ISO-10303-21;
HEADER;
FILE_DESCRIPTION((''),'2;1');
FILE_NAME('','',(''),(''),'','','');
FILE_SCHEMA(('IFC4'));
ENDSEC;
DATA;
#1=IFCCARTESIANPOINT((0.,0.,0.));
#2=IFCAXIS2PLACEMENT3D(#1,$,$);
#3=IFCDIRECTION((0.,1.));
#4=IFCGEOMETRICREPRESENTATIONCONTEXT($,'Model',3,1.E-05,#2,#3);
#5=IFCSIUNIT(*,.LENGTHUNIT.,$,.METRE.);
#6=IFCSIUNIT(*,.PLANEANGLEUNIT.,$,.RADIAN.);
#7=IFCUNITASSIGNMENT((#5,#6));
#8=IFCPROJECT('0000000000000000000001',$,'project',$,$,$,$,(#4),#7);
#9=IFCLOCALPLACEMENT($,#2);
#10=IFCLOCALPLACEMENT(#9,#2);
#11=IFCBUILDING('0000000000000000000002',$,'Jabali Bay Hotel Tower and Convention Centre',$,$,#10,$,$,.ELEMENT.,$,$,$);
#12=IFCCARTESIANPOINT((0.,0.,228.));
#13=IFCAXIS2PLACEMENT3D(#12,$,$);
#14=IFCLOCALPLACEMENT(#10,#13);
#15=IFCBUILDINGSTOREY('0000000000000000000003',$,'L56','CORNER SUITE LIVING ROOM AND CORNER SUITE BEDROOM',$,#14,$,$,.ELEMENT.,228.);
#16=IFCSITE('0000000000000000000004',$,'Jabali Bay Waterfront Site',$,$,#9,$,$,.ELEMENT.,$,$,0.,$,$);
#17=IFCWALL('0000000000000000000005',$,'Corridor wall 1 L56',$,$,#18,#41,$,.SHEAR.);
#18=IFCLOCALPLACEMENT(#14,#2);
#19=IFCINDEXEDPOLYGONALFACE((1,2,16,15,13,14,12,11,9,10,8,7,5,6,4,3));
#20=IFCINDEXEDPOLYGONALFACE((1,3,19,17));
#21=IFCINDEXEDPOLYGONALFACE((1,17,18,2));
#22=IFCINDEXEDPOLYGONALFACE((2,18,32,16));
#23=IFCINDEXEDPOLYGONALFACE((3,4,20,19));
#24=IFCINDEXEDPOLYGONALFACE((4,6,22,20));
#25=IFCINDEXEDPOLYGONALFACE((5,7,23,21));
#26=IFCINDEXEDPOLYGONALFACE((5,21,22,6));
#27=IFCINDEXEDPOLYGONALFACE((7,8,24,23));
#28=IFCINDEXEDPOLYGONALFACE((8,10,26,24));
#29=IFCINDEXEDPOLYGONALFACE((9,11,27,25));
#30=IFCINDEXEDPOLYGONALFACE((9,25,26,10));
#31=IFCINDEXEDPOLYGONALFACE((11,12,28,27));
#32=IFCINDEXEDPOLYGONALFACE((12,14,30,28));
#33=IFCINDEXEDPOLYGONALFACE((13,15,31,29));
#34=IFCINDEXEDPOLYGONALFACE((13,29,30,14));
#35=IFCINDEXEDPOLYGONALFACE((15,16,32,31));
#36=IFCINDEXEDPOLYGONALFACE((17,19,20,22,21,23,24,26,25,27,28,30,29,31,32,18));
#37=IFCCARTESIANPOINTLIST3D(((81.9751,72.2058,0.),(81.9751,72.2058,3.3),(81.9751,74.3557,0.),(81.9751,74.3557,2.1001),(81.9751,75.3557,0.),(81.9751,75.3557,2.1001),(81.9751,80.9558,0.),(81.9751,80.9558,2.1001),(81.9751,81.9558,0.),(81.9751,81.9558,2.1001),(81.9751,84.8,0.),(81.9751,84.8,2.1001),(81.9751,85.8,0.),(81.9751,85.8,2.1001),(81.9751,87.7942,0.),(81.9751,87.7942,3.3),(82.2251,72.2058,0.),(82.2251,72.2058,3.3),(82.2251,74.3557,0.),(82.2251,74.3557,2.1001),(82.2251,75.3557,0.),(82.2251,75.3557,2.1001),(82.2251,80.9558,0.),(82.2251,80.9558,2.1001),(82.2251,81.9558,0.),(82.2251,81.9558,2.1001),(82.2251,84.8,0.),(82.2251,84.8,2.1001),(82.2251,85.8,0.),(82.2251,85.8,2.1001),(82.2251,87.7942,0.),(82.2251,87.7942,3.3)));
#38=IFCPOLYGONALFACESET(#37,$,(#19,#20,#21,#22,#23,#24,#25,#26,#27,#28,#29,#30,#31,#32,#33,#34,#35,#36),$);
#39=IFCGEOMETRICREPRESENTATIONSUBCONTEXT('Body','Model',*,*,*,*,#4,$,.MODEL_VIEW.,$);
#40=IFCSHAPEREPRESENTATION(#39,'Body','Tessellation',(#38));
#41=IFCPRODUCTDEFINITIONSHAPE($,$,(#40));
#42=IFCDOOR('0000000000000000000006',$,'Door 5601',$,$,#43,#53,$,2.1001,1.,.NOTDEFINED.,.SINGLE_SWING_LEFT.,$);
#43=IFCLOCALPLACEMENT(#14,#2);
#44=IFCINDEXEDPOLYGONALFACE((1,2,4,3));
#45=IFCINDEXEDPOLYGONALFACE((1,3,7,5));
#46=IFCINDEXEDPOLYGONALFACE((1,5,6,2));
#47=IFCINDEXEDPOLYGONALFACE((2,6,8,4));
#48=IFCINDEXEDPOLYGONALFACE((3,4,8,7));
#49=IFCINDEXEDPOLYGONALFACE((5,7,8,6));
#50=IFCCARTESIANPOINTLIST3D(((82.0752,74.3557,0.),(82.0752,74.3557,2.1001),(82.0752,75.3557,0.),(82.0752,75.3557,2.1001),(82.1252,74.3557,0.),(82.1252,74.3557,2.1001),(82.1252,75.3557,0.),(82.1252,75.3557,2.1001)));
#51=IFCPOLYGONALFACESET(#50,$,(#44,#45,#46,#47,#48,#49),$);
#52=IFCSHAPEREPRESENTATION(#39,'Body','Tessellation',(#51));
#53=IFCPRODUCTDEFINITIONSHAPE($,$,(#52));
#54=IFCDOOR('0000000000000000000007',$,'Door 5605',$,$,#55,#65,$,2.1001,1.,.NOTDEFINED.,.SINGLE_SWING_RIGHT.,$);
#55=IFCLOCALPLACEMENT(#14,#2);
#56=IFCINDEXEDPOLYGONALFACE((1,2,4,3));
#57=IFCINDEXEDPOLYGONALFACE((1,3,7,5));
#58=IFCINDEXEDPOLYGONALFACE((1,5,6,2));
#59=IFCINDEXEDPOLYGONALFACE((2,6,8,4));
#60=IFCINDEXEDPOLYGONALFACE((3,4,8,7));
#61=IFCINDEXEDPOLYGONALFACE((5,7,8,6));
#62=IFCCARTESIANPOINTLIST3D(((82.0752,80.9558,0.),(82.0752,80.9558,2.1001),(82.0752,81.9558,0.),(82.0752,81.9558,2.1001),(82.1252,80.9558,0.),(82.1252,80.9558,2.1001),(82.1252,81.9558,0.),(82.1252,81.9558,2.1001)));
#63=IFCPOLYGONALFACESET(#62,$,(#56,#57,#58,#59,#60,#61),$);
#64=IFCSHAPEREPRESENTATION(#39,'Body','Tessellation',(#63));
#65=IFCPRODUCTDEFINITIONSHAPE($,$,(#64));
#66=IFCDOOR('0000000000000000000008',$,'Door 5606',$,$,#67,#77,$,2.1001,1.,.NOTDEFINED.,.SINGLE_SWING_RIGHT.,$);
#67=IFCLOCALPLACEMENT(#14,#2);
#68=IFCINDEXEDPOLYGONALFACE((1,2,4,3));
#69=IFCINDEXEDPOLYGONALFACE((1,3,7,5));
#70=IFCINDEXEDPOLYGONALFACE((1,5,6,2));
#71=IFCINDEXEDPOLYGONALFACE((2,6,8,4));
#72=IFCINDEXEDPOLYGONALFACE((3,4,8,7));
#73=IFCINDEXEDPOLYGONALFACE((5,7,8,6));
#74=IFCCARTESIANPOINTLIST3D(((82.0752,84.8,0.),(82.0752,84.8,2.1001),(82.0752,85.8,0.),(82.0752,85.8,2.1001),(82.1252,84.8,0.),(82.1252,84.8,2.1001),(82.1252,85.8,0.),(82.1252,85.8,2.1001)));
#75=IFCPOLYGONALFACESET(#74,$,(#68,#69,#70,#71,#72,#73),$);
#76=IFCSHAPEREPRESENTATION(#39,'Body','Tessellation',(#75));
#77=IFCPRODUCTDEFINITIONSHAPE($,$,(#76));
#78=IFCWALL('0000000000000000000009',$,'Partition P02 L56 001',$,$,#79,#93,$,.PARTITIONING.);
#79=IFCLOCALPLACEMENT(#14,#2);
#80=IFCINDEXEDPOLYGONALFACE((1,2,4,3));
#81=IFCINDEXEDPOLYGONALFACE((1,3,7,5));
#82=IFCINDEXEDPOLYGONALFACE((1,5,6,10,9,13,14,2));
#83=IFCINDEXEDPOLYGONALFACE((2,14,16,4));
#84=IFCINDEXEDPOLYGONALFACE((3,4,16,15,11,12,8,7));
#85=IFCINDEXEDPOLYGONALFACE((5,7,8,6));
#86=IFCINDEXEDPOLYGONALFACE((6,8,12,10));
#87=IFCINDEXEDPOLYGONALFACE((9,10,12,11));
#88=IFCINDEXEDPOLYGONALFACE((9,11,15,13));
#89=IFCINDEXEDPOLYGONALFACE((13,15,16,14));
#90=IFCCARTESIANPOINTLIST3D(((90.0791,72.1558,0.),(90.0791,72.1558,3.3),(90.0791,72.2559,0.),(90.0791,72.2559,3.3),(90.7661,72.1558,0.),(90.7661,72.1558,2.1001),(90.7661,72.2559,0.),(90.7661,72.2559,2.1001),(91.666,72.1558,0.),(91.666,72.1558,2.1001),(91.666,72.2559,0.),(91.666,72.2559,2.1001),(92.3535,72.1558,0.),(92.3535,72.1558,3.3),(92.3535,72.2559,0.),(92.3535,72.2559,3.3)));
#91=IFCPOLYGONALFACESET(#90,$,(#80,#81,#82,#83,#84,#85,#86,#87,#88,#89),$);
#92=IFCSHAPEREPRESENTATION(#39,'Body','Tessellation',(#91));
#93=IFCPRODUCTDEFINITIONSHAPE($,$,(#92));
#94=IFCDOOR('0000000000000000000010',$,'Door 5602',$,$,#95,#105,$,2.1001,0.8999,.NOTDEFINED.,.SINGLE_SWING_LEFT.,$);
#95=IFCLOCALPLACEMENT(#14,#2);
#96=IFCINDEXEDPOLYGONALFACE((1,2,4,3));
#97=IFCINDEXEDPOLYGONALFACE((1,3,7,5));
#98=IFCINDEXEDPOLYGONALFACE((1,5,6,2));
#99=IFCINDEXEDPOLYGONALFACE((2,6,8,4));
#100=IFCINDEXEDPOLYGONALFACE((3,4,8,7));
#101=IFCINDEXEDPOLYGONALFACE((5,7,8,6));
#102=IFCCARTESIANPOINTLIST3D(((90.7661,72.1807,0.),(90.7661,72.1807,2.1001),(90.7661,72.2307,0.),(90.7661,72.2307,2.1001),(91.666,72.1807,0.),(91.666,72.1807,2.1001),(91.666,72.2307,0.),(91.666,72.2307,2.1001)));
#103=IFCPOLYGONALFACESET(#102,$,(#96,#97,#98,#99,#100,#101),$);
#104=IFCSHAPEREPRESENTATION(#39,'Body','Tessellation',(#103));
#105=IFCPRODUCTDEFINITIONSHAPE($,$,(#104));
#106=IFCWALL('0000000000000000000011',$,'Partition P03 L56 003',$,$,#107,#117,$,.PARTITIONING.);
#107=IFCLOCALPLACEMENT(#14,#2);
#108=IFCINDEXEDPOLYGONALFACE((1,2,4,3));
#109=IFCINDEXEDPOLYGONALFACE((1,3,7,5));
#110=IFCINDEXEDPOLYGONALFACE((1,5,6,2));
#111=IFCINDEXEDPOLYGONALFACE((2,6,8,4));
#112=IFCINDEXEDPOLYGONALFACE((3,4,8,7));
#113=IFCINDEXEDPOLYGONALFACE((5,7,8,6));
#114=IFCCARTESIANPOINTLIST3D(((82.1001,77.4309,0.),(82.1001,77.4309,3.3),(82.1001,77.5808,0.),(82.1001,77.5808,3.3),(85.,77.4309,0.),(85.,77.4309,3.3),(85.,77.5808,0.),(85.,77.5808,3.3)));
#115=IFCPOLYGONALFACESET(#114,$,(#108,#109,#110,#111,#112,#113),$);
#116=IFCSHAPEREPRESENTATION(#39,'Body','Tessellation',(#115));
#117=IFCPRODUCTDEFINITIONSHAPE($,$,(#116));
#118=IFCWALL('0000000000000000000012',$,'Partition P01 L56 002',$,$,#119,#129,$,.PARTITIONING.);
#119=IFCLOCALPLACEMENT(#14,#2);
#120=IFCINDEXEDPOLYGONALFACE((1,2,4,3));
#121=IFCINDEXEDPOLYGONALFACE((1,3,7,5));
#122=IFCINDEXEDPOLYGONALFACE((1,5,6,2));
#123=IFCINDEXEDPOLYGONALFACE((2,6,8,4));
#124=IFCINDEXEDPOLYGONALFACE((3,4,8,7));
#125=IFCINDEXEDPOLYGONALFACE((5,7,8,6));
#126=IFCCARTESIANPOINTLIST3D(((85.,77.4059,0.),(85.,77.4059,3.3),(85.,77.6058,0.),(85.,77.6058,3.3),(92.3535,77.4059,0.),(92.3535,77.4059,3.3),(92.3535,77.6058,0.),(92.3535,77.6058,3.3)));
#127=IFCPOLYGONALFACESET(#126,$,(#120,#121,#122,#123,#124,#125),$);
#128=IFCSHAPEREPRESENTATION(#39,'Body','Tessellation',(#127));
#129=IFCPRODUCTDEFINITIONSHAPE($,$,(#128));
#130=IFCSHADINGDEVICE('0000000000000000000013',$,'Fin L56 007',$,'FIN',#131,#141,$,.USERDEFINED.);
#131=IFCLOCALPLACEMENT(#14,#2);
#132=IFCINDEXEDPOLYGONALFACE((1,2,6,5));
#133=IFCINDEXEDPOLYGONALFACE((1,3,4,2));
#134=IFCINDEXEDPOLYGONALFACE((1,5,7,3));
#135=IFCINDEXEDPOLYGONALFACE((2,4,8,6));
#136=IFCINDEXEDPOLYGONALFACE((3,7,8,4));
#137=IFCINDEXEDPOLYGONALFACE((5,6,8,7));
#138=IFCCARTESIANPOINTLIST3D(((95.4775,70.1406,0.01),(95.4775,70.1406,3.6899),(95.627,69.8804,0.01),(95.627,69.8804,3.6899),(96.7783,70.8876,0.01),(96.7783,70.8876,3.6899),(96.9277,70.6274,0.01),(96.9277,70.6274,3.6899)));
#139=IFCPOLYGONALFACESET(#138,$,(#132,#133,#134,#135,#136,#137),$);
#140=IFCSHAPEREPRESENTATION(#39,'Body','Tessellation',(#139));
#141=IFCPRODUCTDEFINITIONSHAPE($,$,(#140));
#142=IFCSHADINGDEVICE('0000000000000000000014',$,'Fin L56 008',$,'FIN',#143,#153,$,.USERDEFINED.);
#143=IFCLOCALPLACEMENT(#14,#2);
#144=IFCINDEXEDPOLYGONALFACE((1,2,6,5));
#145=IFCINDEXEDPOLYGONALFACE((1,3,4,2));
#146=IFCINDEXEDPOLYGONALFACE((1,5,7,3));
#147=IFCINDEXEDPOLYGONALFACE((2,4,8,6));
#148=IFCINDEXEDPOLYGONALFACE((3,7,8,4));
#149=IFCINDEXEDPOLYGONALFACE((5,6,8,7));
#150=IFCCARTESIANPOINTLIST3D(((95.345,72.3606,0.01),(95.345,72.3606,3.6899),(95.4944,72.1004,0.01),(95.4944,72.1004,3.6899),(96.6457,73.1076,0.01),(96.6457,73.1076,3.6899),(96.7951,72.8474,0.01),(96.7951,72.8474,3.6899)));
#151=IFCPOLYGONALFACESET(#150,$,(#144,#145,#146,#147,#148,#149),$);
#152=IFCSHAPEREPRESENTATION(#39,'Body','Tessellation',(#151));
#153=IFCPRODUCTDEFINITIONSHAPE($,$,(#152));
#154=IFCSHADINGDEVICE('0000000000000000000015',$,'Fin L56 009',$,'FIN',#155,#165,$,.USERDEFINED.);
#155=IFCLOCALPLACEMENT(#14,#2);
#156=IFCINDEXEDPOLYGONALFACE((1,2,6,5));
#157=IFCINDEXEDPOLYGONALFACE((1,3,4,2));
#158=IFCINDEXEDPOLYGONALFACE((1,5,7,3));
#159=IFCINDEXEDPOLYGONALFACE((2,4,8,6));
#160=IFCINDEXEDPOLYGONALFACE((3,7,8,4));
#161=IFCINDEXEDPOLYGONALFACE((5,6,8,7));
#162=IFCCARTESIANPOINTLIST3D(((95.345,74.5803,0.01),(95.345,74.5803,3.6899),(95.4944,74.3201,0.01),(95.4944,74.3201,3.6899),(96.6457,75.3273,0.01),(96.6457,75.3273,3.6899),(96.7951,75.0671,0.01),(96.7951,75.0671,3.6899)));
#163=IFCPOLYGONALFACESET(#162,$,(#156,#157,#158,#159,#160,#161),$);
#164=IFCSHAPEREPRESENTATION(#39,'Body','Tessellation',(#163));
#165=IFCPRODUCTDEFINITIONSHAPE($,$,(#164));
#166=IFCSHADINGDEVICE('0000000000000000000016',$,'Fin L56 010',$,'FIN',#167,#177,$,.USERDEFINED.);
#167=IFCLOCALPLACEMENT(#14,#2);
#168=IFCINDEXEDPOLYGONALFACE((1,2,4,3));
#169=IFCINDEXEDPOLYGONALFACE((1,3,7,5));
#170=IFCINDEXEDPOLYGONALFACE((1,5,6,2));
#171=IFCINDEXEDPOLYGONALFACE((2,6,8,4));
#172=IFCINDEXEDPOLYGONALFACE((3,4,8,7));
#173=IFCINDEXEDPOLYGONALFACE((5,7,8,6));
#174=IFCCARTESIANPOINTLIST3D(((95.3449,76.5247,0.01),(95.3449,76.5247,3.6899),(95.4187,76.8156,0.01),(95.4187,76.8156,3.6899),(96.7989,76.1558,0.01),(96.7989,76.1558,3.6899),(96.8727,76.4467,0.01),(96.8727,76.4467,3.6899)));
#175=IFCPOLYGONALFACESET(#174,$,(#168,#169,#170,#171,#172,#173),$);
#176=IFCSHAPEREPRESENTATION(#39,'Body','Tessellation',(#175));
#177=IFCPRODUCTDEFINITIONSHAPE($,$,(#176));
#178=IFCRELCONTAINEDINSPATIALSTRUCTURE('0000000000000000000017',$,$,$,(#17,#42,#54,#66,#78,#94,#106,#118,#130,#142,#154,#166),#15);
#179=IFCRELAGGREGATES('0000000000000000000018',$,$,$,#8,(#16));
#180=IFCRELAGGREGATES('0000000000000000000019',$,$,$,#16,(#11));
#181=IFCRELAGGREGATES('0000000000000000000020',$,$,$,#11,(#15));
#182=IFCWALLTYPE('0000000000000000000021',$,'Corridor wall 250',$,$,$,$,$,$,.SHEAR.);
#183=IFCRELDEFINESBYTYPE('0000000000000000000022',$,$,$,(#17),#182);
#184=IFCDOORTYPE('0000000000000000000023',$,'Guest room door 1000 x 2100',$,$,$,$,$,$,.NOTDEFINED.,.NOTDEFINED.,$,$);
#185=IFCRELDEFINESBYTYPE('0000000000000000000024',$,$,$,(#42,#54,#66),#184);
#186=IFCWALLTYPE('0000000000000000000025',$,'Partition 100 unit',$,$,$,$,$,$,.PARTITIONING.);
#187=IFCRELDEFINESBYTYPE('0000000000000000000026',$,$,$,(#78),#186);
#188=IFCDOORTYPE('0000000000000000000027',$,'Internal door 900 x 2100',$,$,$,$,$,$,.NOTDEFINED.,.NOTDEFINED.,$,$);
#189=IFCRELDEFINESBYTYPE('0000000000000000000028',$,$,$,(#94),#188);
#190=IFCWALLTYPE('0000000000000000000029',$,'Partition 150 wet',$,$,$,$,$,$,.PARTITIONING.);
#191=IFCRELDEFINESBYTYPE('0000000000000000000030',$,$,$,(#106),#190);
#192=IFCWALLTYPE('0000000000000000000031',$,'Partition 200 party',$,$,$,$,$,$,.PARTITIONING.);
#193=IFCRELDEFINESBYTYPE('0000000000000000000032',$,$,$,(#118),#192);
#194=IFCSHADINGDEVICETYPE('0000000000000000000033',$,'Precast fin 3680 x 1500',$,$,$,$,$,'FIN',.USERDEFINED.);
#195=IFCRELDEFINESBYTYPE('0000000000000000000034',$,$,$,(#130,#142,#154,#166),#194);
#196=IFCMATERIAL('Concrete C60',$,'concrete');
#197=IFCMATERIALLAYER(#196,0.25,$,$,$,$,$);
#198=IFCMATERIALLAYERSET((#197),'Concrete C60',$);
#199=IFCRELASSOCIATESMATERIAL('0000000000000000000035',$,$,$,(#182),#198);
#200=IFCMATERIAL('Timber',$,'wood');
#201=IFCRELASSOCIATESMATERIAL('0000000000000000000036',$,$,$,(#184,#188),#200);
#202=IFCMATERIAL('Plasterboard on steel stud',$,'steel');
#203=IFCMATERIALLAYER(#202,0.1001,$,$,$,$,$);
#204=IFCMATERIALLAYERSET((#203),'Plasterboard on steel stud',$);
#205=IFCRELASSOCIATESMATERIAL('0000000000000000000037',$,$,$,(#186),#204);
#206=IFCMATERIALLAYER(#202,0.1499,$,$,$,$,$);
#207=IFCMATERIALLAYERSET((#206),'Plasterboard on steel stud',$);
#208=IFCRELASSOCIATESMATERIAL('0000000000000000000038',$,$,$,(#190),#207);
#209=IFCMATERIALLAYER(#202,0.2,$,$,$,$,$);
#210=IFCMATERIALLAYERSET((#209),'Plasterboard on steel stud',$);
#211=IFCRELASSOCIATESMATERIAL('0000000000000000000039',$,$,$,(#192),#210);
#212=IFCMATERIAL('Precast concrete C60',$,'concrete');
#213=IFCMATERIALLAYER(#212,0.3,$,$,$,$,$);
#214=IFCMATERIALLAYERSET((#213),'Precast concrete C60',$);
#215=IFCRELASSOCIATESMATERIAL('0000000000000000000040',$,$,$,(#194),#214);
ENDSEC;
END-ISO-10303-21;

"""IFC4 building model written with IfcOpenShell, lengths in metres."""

from ifc_helpers import new_model, si_unit, direction, frame, frame_2d, origin, place, context, subcontext, project, spatial, rectangle, extrude, material, layer, layer_set, type_object, element, fill, save


model = new_model("IFC4")

# Units and contexts
model_context = context("Model", 3, precision=1e-05, world=origin(), true_north=direction((0.0, 1.0)))
body_context = subcontext(model_context, "Body", "Model", "MODEL_VIEW")
ifc_project = project(units=[si_unit("LENGTHUNIT", "METRE"), si_unit("PLANEANGLEUNIT", "RADIAN")], contexts=[model_context])

# Site, building, storey
site_placement = place(None, origin())
site = spatial("IfcSite", under=ifc_project, at=site_placement, Name="Jabali Bay Waterfront Site", CompositionType="ELEMENT", RefElevation=0.0)
building_placement = place(site_placement, origin())
building = spatial("IfcBuilding", under=site, at=building_placement, Name="Jabali Bay Hotel Tower and Convention Centre", CompositionType="ELEMENT")
storey_placement = place(building_placement, frame((0.0, 0.0, 228.0)))
storey = spatial("IfcBuildingStorey", under=building, at=storey_placement, Name="L56", Description="CORNER SUITE LIVING ROOM AND CORNER SUITE BEDROOM", CompositionType="ELEMENT", Elevation=228.0)

# Shared definitions
ifc_material_1 = material(Name="Concrete C60", Category="concrete")

# Wall, openings, doors
ifc_layer_1 = layer(ifc_material_1, 0.25)
ifc_layer_set_1 = layer_set([ifc_layer_1], Name="Concrete C60")
wall_type_1 = type_object("IfcWallType", Name="Corridor wall 250", PredefinedType="SHEAR", material=ifc_layer_set_1)
wall_1_placement = place(storey_placement, frame((82.1001, 72.2058, 0.0), z_axis=(0.0, 0.0, 1.0), x_axis=(0.0, 1.0, 0.0)))
wall_1 = element("IfcWall", 1, at=wall_1_placement, inside=storey, type_object=wall_type_1, Name="Corridor wall 1 L56", PredefinedType="SHEAR", context=body_context, shape_type="SweptSolid", body=[
    extrude(rectangle(XDim=15.5884, YDim=0.25, at=frame_2d((7.7942, 0.0))), origin(), (0.0, 0.0, 1.0), 3.3),
])
opening_1_placement = place(wall_1_placement, frame((2.1499, 0.0, 0.0)))
opening_1 = element("IfcOpeningElement", 2, at=opening_1_placement, cuts=wall_1, PredefinedType="OPENING", context=body_context, shape_type="SweptSolid", body=[
    extrude(rectangle(XDim=1.0, YDim=2.1001, at=frame_2d((0.5, 1.05))), frame((0.0, 0.1355, 0.0), z_axis=(0.0, -1.0, 0.0), x_axis=(1.0, 0.0, 0.0)), (0.0, 0.0, 1.0), 0.271),
])
opening_2_placement = place(wall_1_placement, frame((8.75, 0.0, 0.0)))
opening_2 = element("IfcOpeningElement", 3, at=opening_2_placement, cuts=wall_1, PredefinedType="OPENING", context=body_context, shape_type="SweptSolid", body=[
    extrude(rectangle(XDim=1.0, YDim=2.1001, at=frame_2d((0.5, 1.05))), frame((0.0, 0.1355, 0.0), z_axis=(0.0, -1.0, 0.0), x_axis=(1.0, 0.0, 0.0)), (0.0, 0.0, 1.0), 0.271),
])
opening_3_placement = place(wall_1_placement, frame((12.5942, 0.0, 0.0)))
opening_3 = element("IfcOpeningElement", 4, at=opening_3_placement, cuts=wall_1, PredefinedType="OPENING", context=body_context, shape_type="SweptSolid", body=[
    extrude(rectangle(XDim=1.0, YDim=2.1001, at=frame_2d((0.5, 1.05))), frame((0.0, 0.1355, 0.0), z_axis=(0.0, -1.0, 0.0), x_axis=(1.0, 0.0, 0.0)), (0.0, 0.0, 1.0), 0.271),
])
ifc_material_2 = material(Name="Timber", Category="wood")
door_type_1 = type_object("IfcDoorType", Name="Guest room door 1000 x 2100", OperationType="NOTDEFINED", PredefinedType="NOTDEFINED", material=ifc_material_2)
door_1_placement = place(opening_1_placement, origin())
door_1 = element("IfcDoor", 5, at=door_1_placement, inside=storey, type_object=door_type_1, Name="Door 5601", OperationType="SINGLE_SWING_LEFT", OverallHeight=2.1001, OverallWidth=1.0, PredefinedType="NOTDEFINED", context=body_context, shape_type="SweptSolid", body=[
    extrude(rectangle(XDim=1.0, YDim=2.1001, at=frame_2d((0.5, 1.05))), frame((0.0, 0.0249, 0.0), z_axis=(0.0, -1.0, 0.0), x_axis=(1.0, 0.0, 0.0)), (0.0, 0.0, 1.0), 0.05),
])
fill(opening_1, door_1)
door_2_placement = place(opening_2_placement, origin())
door_2 = element("IfcDoor", 6, at=door_2_placement, inside=storey, type_object=door_type_1, Name="Door 5605", OperationType="SINGLE_SWING_RIGHT", OverallHeight=2.1001, OverallWidth=1.0, PredefinedType="NOTDEFINED", context=body_context, shape_type="SweptSolid", body=[
    extrude(rectangle(XDim=1.0, YDim=2.1001, at=frame_2d((0.5, 1.05))), frame((0.0, 0.0249, 0.0), z_axis=(0.0, -1.0, 0.0), x_axis=(1.0, 0.0, 0.0)), (0.0, 0.0, 1.0), 0.05),
])
fill(opening_2, door_2)
door_3_placement = place(opening_3_placement, origin())
door_3 = element("IfcDoor", 7, at=door_3_placement, inside=storey, type_object=door_type_1, Name="Door 5606", OperationType="SINGLE_SWING_RIGHT", OverallHeight=2.1001, OverallWidth=1.0, PredefinedType="NOTDEFINED", context=body_context, shape_type="SweptSolid", body=[
    extrude(rectangle(XDim=1.0, YDim=2.1001, at=frame_2d((0.5, 1.05))), frame((0.0, 0.0249, 0.0), z_axis=(0.0, -1.0, 0.0), x_axis=(1.0, 0.0, 0.0)), (0.0, 0.0, 1.0), 0.05),
])
fill(opening_3, door_3)

# Wall, opening, door
ifc_material_3 = material(Name="Plasterboard on steel stud", Category="steel")
ifc_layer_2 = layer(ifc_material_3, 0.1001)
ifc_layer_set_2 = layer_set([ifc_layer_2], Name="Plasterboard on steel stud")
wall_type_2 = type_object("IfcWallType", Name="Partition 100 unit", PredefinedType="PARTITIONING", material=ifc_layer_set_2)
wall_2_placement = place(storey_placement, frame((90.0791, 72.2058, 0.0), z_axis=(0.0, 0.0, 1.0), x_axis=(1.0, 0.0, 0.0)))
wall_2 = element("IfcWall", 8, at=wall_2_placement, inside=storey, type_object=wall_type_2, Name="Partition P02 L56 001", PredefinedType="PARTITIONING", context=body_context, shape_type="SweptSolid", body=[
    extrude(rectangle(XDim=2.2744, YDim=0.1001, at=frame_2d((1.1372, 0.0))), origin(), (0.0, 0.0, 1.0), 3.3),
])
opening_4_placement = place(wall_2_placement, frame((0.687, 0.0, 0.0)))
opening_4 = element("IfcOpeningElement", 9, at=opening_4_placement, cuts=wall_2, PredefinedType="OPENING", context=body_context, shape_type="SweptSolid", body=[
    extrude(rectangle(XDim=0.8999, YDim=2.1001, at=frame_2d((0.45, 1.05))), frame((0.0, 0.0605, 0.0), z_axis=(0.0, -1.0, 0.0), x_axis=(1.0, 0.0, 0.0)), (0.0, 0.0, 1.0), 0.1211),
])
door_type_2 = type_object("IfcDoorType", Name="Internal door 900 x 2100", OperationType="NOTDEFINED", PredefinedType="NOTDEFINED", material=ifc_material_2)
door_4_placement = place(opening_4_placement, origin())
door_4 = element("IfcDoor", 10, at=door_4_placement, inside=storey, type_object=door_type_2, Name="Door 5602", OperationType="SINGLE_SWING_LEFT", OverallHeight=2.1001, OverallWidth=0.8999, PredefinedType="NOTDEFINED", context=body_context, shape_type="SweptSolid", body=[
    extrude(rectangle(XDim=0.8999, YDim=2.1001, at=frame_2d((0.45, 1.05))), frame((0.0, 0.0249, 0.0), z_axis=(0.0, -1.0, 0.0), x_axis=(1.0, 0.0, 0.0)), (0.0, 0.0, 1.0), 0.05),
])
fill(opening_4, door_4)

# Walls
ifc_layer_3 = layer(ifc_material_3, 0.1499)
ifc_layer_set_3 = layer_set([ifc_layer_3], Name="Plasterboard on steel stud")
wall_type_3 = type_object("IfcWallType", Name="Partition 150 wet", PredefinedType="PARTITIONING", material=ifc_layer_set_3)
wall_3_placement = place(storey_placement, frame((85.0, 77.5059, 0.0), z_axis=(0.0, 0.0, 1.0), x_axis=(-1.0, 0.0, 0.0)))
element("IfcWall", 11, at=wall_3_placement, inside=storey, type_object=wall_type_3, Name="Partition P03 L56 003", PredefinedType="PARTITIONING", context=body_context, shape_type="SweptSolid", body=[
    extrude(rectangle(XDim=2.8999, YDim=0.1499, at=frame_2d((1.45, 0.0))), origin(), (0.0, 0.0, 1.0), 3.3),
])
ifc_layer_4 = layer(ifc_material_3, 0.2)
ifc_layer_set_4 = layer_set([ifc_layer_4], Name="Plasterboard on steel stud")
wall_type_4 = type_object("IfcWallType", Name="Partition 200 party", PredefinedType="PARTITIONING", material=ifc_layer_set_4)
wall_4_placement = place(storey_placement, frame((92.3535, 77.5059, 0.0), z_axis=(0.0, 0.0, 1.0), x_axis=(-1.0, 0.0, 0.0)))
element("IfcWall", 12, at=wall_4_placement, inside=storey, type_object=wall_type_4, Name="Partition P01 L56 002", PredefinedType="PARTITIONING", context=body_context, shape_type="SweptSolid", body=[
    extrude(rectangle(XDim=7.3535, YDim=0.2, at=frame_2d((3.6768, 0.0))), origin(), (0.0, 0.0, 1.0), 3.3),
])

# Shading devices
ifc_material_4 = material(Name="Precast concrete C60", Category="concrete")
ifc_layer_5 = layer(ifc_material_4, 0.3)
ifc_layer_set_5 = layer_set([ifc_layer_5], Name="Precast concrete C60")
shading_device_type = type_object("IfcShadingDeviceType", Name="Precast fin 3680 x 1500", ElementType="FIN", PredefinedType="USERDEFINED", material=ifc_layer_set_5)
for number, where, z_axis, x_axis, name in (
    (13, (95.5522, 70.0105, 0.01), (0.0, 0.0, 1.0), (0.867159, 0.498031, 0.0), "Fin L56 007"),
    (14, (95.4197, 72.2305, 0.01), (0.0, 0.0, 1.0), (0.867159, 0.498031, 0.0), "Fin L56 008"),
    (15, (95.4197, 74.4502, 0.01), (0.0, 0.0, 1.0), (0.867159, 0.498031, 0.0), "Fin L56 009"),
    (16, (95.3818, 76.6702, 0.01), (0.0, 0.0, 1.0), (0.969284, -0.245943, 0.0), "Fin L56 010"),
):
    element("IfcShadingDevice", number, at=place(storey_placement, frame(where, z_axis=z_axis, x_axis=x_axis)), inside=storey, type_object=shading_device_type, Name=name, ObjectType="FIN", PredefinedType="USERDEFINED", context=body_context, shape_type="SweptSolid", body=[
        extrude(rectangle(XDim=1.5, YDim=0.3, at=frame_2d((0.75, 0.0))), origin(), (0.0, 0.0, 1.0), 3.6799),
    ])

save(model, "model.ifc")
